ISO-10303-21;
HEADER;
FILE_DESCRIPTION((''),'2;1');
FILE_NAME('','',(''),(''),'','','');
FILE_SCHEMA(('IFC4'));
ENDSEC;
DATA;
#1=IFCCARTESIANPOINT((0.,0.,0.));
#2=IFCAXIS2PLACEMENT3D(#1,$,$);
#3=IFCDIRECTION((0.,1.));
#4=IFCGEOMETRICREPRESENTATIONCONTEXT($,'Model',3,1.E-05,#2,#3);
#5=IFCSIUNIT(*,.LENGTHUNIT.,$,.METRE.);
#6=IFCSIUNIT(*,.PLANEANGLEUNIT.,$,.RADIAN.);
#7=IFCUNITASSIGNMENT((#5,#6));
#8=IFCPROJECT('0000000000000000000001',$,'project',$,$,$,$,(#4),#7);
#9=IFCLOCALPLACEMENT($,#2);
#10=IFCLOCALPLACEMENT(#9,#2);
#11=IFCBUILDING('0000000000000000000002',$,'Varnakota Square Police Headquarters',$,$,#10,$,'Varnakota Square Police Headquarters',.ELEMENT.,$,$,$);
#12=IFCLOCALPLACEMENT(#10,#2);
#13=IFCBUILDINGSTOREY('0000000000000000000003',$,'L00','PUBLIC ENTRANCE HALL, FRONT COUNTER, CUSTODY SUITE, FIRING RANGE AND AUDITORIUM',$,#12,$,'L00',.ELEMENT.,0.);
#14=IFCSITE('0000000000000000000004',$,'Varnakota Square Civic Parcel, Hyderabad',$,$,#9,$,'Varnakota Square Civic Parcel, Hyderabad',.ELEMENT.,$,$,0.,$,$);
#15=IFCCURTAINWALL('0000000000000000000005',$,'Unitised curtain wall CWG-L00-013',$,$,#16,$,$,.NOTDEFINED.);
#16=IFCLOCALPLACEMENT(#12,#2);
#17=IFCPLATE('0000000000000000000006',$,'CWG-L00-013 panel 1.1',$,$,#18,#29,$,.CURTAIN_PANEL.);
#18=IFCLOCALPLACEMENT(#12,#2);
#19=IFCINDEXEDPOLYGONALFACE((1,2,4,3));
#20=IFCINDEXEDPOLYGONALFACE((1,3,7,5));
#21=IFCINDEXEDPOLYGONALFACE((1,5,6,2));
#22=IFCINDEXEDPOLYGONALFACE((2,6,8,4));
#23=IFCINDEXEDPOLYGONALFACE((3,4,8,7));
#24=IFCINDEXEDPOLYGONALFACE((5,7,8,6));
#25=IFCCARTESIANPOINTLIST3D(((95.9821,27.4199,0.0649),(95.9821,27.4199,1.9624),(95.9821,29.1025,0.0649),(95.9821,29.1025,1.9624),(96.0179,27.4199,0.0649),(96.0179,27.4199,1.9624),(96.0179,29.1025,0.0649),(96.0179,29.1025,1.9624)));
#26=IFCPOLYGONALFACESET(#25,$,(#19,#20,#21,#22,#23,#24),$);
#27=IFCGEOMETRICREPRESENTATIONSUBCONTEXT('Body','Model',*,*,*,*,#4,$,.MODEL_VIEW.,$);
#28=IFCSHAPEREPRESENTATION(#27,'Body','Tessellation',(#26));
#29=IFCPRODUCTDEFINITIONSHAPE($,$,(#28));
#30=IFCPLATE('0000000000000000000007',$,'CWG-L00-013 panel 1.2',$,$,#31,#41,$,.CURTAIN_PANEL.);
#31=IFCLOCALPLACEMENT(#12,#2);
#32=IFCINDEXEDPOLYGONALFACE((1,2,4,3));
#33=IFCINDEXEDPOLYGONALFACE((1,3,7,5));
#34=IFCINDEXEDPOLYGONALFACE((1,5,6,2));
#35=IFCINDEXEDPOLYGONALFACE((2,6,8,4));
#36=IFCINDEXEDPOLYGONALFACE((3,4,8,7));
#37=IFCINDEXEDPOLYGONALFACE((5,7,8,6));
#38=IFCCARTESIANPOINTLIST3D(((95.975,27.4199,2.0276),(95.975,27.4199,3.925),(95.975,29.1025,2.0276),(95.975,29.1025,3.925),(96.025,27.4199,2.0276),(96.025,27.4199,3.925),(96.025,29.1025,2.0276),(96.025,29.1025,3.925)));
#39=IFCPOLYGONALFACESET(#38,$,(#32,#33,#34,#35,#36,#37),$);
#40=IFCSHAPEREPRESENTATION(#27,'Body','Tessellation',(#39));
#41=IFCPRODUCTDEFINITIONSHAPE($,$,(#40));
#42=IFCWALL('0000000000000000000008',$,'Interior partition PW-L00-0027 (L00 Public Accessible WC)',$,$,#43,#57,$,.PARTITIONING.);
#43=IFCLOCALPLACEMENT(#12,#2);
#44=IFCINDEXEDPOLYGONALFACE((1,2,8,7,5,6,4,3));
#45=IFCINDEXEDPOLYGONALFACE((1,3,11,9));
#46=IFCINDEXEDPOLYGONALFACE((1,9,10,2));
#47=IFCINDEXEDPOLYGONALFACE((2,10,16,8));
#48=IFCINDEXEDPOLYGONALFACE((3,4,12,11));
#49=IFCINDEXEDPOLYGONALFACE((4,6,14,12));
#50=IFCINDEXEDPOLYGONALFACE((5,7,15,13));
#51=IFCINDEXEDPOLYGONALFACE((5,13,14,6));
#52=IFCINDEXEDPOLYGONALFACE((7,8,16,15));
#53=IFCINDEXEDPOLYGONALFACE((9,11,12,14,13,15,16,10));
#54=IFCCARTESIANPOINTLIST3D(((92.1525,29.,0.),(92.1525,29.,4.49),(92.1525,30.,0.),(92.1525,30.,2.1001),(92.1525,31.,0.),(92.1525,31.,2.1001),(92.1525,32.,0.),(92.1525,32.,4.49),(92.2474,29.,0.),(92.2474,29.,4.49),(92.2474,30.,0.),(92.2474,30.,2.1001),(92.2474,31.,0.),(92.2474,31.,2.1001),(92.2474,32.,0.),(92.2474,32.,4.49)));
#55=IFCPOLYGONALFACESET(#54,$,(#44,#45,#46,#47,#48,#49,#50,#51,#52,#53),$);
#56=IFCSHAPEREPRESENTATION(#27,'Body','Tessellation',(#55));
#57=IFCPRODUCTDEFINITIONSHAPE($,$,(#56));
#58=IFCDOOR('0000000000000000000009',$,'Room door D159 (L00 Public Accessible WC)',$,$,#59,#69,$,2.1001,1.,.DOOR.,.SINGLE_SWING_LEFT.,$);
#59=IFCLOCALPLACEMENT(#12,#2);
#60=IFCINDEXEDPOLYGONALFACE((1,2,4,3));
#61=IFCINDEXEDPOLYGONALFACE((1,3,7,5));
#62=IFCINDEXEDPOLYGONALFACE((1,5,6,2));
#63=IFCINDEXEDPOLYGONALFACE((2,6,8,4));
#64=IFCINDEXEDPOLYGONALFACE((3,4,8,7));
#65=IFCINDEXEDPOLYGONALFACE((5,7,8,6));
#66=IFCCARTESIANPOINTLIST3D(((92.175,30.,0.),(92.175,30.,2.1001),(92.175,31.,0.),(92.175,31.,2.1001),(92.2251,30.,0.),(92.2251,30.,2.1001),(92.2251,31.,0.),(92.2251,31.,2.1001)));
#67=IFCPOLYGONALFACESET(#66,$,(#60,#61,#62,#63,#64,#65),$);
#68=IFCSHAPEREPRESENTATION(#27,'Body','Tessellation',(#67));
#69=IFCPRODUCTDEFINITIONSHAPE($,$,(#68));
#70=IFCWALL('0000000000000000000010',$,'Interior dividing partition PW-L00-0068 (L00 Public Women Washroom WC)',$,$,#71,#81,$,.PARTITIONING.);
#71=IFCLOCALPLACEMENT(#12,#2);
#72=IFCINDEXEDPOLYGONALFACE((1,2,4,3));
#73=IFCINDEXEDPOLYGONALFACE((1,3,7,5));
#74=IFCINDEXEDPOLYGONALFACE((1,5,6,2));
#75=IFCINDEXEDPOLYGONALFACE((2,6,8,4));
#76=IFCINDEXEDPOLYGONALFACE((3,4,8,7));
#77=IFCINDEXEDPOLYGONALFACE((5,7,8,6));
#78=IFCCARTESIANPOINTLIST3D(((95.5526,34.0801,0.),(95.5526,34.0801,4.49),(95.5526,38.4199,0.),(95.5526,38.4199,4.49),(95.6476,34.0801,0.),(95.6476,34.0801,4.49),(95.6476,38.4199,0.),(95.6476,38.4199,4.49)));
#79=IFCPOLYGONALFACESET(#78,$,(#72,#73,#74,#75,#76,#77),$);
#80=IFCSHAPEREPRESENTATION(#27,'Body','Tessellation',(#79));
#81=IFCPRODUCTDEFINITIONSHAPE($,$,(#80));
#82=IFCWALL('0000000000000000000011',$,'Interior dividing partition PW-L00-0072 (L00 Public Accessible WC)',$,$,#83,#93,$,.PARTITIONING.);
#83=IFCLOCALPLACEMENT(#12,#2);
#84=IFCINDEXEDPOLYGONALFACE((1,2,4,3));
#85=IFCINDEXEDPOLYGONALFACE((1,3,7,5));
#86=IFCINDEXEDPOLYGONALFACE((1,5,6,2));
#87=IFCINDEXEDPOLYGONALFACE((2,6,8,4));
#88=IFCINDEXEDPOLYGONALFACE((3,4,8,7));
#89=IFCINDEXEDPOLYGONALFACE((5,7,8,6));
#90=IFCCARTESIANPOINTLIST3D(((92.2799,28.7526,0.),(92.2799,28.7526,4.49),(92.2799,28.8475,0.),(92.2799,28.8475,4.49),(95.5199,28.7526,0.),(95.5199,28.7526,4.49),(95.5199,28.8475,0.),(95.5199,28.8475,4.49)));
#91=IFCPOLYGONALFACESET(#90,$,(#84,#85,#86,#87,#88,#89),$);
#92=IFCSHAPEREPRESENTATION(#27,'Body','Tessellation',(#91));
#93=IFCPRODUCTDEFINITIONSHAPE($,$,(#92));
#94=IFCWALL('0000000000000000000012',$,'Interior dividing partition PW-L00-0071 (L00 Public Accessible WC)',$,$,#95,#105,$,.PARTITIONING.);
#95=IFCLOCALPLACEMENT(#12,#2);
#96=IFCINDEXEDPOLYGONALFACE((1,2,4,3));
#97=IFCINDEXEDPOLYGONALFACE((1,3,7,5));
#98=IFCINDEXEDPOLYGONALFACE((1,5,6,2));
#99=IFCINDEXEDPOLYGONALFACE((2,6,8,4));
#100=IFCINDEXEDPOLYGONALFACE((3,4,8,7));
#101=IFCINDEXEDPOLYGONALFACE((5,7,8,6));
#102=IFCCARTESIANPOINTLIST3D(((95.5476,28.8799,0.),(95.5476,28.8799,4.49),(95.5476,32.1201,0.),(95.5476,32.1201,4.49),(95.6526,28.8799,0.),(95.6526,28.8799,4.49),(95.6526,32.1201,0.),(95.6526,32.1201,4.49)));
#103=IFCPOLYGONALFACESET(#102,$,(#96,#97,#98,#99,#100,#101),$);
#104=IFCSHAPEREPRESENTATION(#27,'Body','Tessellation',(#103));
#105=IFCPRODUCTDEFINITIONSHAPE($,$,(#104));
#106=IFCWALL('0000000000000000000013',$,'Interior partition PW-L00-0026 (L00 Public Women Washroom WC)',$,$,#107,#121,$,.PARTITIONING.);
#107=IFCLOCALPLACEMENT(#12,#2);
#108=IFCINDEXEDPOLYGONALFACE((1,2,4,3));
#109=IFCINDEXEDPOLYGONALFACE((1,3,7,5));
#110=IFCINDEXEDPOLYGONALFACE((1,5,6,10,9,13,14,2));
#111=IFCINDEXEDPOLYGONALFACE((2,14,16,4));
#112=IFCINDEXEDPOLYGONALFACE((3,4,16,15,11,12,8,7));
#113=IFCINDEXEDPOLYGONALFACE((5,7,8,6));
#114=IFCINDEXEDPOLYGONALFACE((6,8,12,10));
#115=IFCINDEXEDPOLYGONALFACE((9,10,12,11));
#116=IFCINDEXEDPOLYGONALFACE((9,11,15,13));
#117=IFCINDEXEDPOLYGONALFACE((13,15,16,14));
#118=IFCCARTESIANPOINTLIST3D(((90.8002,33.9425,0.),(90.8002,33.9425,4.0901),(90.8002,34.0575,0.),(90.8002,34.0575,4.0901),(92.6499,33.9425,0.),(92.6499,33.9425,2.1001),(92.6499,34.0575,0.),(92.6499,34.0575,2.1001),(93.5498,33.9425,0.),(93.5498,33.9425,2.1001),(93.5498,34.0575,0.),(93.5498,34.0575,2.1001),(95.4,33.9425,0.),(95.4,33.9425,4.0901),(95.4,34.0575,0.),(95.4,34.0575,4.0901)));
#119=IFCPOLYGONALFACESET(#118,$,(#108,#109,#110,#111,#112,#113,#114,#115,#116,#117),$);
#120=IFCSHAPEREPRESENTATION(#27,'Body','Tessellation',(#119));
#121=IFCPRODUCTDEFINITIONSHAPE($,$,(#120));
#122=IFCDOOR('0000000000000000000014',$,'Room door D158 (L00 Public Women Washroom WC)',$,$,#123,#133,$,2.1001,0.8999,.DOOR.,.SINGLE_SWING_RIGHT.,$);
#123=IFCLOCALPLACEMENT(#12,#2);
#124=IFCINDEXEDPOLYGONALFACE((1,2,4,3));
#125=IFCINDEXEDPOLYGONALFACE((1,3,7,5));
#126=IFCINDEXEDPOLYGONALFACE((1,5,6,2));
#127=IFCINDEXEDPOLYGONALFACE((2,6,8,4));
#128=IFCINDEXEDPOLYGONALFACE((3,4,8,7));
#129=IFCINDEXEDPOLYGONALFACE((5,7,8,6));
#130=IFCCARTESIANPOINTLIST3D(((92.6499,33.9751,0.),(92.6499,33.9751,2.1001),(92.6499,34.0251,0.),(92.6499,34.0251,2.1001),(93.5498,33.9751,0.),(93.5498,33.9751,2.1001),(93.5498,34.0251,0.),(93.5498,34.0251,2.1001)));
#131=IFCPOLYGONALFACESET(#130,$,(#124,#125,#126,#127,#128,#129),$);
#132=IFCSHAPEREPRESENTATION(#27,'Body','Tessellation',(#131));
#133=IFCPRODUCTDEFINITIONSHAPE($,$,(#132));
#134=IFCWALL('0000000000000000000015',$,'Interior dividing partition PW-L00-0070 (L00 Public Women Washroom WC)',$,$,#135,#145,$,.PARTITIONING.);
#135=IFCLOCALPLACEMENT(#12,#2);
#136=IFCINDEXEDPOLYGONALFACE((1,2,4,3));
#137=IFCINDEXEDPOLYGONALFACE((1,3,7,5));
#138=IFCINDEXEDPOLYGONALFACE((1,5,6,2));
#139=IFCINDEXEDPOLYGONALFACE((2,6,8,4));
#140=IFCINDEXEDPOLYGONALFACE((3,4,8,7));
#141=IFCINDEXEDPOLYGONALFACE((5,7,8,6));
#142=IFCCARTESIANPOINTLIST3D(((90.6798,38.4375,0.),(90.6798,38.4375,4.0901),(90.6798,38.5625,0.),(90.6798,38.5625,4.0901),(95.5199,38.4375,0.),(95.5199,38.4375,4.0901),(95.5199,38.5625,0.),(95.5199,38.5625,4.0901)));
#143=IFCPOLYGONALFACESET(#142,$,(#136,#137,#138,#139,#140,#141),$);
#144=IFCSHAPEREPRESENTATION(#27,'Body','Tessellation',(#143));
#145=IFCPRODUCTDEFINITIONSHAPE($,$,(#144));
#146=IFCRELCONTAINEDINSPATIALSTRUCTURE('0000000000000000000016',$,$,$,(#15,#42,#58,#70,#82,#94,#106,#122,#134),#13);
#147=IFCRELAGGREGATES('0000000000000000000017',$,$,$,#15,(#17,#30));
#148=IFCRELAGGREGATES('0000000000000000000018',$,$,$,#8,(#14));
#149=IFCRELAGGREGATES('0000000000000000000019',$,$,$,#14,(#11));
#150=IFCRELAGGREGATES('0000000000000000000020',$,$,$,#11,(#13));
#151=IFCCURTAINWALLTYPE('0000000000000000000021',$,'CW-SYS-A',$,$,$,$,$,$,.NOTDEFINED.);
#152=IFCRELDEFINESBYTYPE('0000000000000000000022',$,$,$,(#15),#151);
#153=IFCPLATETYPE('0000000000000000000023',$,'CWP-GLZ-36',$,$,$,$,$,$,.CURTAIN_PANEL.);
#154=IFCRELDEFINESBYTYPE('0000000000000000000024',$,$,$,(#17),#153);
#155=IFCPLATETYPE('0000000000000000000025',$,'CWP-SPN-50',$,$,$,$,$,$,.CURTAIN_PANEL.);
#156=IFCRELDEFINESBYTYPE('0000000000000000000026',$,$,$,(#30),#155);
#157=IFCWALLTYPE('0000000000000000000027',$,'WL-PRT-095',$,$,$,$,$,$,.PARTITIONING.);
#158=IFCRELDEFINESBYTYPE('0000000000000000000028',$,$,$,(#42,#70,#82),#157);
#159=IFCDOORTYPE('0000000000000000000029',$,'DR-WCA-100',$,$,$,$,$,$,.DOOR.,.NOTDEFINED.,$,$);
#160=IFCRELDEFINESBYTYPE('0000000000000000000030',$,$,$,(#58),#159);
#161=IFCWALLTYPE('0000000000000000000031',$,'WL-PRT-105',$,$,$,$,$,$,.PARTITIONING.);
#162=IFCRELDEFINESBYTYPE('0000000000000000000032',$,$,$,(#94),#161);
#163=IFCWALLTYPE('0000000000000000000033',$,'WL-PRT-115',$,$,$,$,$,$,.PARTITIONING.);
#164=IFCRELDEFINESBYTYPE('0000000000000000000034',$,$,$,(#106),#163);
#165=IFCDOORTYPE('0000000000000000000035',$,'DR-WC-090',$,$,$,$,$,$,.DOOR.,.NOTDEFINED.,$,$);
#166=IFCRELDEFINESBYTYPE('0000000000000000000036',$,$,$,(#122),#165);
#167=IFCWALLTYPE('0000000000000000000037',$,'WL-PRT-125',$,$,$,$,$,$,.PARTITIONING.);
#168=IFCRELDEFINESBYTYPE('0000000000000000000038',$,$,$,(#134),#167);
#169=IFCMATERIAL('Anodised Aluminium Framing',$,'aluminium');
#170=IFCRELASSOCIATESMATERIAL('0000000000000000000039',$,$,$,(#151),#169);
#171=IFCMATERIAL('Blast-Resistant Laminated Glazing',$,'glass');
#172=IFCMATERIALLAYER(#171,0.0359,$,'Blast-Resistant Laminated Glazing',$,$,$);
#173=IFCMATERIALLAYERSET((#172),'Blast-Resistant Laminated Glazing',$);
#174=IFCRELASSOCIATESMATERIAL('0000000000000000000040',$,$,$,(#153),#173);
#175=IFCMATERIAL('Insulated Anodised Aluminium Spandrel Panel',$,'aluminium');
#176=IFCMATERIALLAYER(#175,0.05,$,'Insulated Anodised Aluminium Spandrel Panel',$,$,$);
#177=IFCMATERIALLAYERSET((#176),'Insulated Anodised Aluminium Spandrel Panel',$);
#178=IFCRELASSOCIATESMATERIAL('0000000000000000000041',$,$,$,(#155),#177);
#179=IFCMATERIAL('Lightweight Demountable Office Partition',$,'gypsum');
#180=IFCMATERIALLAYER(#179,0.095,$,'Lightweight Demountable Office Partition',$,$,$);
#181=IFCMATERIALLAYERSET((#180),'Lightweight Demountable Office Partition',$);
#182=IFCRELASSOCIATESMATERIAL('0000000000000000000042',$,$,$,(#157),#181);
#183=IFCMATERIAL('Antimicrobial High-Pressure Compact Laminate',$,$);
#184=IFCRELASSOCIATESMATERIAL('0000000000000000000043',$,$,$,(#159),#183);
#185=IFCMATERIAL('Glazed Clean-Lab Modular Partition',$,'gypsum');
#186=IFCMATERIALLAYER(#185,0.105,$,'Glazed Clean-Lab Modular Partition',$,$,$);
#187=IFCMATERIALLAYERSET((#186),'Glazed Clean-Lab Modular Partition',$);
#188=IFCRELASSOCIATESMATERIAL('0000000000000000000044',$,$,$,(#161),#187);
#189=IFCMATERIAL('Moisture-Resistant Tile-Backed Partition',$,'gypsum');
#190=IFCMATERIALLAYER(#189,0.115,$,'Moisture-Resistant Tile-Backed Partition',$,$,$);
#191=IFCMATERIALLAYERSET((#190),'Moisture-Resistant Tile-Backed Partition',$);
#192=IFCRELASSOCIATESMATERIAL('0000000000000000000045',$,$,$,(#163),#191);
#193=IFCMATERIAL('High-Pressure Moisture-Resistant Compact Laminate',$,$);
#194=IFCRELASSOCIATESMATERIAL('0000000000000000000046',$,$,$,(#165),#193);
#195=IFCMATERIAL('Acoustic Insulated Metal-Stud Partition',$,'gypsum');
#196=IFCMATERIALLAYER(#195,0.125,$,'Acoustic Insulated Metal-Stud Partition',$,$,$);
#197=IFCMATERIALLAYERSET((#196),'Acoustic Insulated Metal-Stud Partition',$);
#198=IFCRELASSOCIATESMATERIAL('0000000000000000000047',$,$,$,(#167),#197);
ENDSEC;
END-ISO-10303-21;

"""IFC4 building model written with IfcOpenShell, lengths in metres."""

from ifc_helpers import new_model, si_unit, direction, frame, frame_2d, origin, origin_2d, place, context, subcontext, project, spatial, rectangle, extrude, material, layer, layer_set, type_object, element, fill, aggregate, save


model = new_model("IFC4")

# Units and contexts
model_context = context("Model", 3, precision=1e-05, world=origin(), true_north=direction((0.0, 1.0)))
body_context = subcontext(model_context, "Body", "Model", "MODEL_VIEW")
ifc_project = project(units=[si_unit("LENGTHUNIT", "METRE"), si_unit("PLANEANGLEUNIT", "RADIAN")], contexts=[model_context])

# Site, building, storey
site_placement = place(None, origin())
site = spatial("IfcSite", under=ifc_project, at=site_placement, Name="Varnakota Square Civic Parcel, Hyderabad", LongName="Varnakota Square Civic Parcel, Hyderabad", CompositionType="ELEMENT", RefElevation=0.0)
building_placement = place(site_placement, origin())
building = spatial("IfcBuilding", under=site, at=building_placement, Name="Varnakota Square Police Headquarters", LongName="Varnakota Square Police Headquarters", CompositionType="ELEMENT")
storey_placement = place(building_placement, origin())
storey = spatial("IfcBuildingStorey", under=building, at=storey_placement, Name="L00", Description="PUBLIC ENTRANCE HALL, FRONT COUNTER, CUSTODY SUITE, FIRING RANGE AND AUDITORIUM", LongName="L00", CompositionType="ELEMENT", Elevation=0.0)

# Curtain wall, plates
ifc_material_1 = material(Name="Anodised Aluminium Framing", Category="aluminium")
curtain_wall_type = type_object("IfcCurtainWallType", Name="CW-SYS-A", PredefinedType="NOTDEFINED", material=ifc_material_1)
curtain_wall_placement = place(storey_placement, origin())
curtain_wall = element("IfcCurtainWall", 1, at=curtain_wall_placement, inside=storey, type_object=curtain_wall_type, Name="Unitised curtain wall CWG-L00-013", PredefinedType="NOTDEFINED")
ifc_material_2 = material(Name="Blast-Resistant Laminated Glazing", Category="glass")
ifc_layer_1 = layer(ifc_material_2, 0.0359, Name="Blast-Resistant Laminated Glazing")
ifc_layer_set_1 = layer_set([ifc_layer_1], Name="Blast-Resistant Laminated Glazing")
plate_type_1 = type_object("IfcPlateType", Name="CWP-GLZ-36", PredefinedType="CURTAIN_PANEL", material=ifc_layer_set_1)
plate_1_placement = place(storey_placement, frame((96.0, 28.2612, 0.0649), z_axis=(0.0, 0.0, 1.0), x_axis=(0.0, 1.0, 0.0)))
plate_1 = element("IfcPlate", 2, at=plate_1_placement, type_object=plate_type_1, Name="CWG-L00-013 panel 1.1", PredefinedType="CURTAIN_PANEL", context=body_context, shape_type="SweptSolid", body=[
    extrude(rectangle(XDim=1.6826, YDim=0.0359, at=origin_2d()), origin(), (0.0, 0.0, 1.0), 1.8975),
])
ifc_material_3 = material(Name="Insulated Anodised Aluminium Spandrel Panel", Category="aluminium")
ifc_layer_2 = layer(ifc_material_3, 0.05, Name="Insulated Anodised Aluminium Spandrel Panel")
ifc_layer_set_2 = layer_set([ifc_layer_2], Name="Insulated Anodised Aluminium Spandrel Panel")
plate_type_2 = type_object("IfcPlateType", Name="CWP-SPN-50", PredefinedType="CURTAIN_PANEL", material=ifc_layer_set_2)
plate_2_placement = place(storey_placement, frame((96.0, 28.2612, 2.0276), z_axis=(0.0, 0.0, 1.0), x_axis=(0.0, 1.0, 0.0)))
plate_2 = element("IfcPlate", 3, at=plate_2_placement, type_object=plate_type_2, Name="CWG-L00-013 panel 1.2", PredefinedType="CURTAIN_PANEL", context=body_context, shape_type="SweptSolid", body=[
    extrude(rectangle(XDim=1.6826, YDim=0.05, at=origin_2d()), origin(), (0.0, 0.0, 1.0), 1.8975),
])
aggregate(curtain_wall, [plate_1, plate_2])

# Wall, opening, door
ifc_material_4 = material(Name="Lightweight Demountable Office Partition", Category="gypsum")
ifc_layer_3 = layer(ifc_material_4, 0.095, Name="Lightweight Demountable Office Partition")
ifc_layer_set_3 = layer_set([ifc_layer_3], Name="Lightweight Demountable Office Partition")
wall_type_1 = type_object("IfcWallType", Name="WL-PRT-095", PredefinedType="PARTITIONING", material=ifc_layer_set_3)
wall_1_placement = place(storey_placement, frame((92.2, 29.0, 0.0), z_axis=(0.0, 0.0, 1.0), x_axis=(0.0, 1.0, 0.0)))
wall_1 = element("IfcWall", 4, at=wall_1_placement, inside=storey, type_object=wall_type_1, Name="Interior partition PW-L00-0027 (L00 Public Accessible WC)", PredefinedType="PARTITIONING", context=body_context, shape_type="SweptSolid", body=[
    extrude(rectangle(XDim=3.0, YDim=0.095, at=frame_2d((1.5, 0.0))), origin(), (0.0, 0.0, 1.0), 4.49),
])
opening_1_placement = place(wall_1_placement, frame((1.0, 0.0, 0.0)))
opening_1 = element("IfcOpeningElement", 5, at=opening_1_placement, cuts=wall_1, PredefinedType="OPENING", context=body_context, shape_type="SweptSolid", body=[
    extrude(rectangle(XDim=1.0, YDim=2.1001, at=frame_2d((0.5, 1.05))), frame((0.0, 0.0574, 0.0), z_axis=(0.0, -1.0, 0.0), x_axis=(1.0, 0.0, 0.0)), (0.0, 0.0, 1.0), 0.115),
])
ifc_material_5 = material(Name="Antimicrobial High-Pressure Compact Laminate")
door_type_1 = type_object("IfcDoorType", Name="DR-WCA-100", OperationType="NOTDEFINED", PredefinedType="DOOR", material=ifc_material_5)
door_1_placement = place(opening_1_placement, origin())
door_1 = element("IfcDoor", 6, at=door_1_placement, inside=storey, type_object=door_type_1, Name="Room door D159 (L00 Public Accessible WC)", OperationType="SINGLE_SWING_LEFT", OverallHeight=2.1001, OverallWidth=1.0, PredefinedType="DOOR", context=body_context, shape_type="SweptSolid", body=[
    extrude(rectangle(XDim=1.0, YDim=2.1001, at=frame_2d((0.5, 1.05))), frame((0.0, 0.0249, 0.0), z_axis=(0.0, -1.0, 0.0), x_axis=(1.0, 0.0, 0.0)), (0.0, 0.0, 1.0), 0.05),
])
fill(opening_1, door_1)

# Walls
wall_2_placement = place(storey_placement, frame((95.6001, 38.4199, 0.0), z_axis=(0.0, 0.0, 1.0), x_axis=(0.0, -1.0, 0.0)))
element("IfcWall", 7, at=wall_2_placement, inside=storey, type_object=wall_type_1, Name="Interior dividing partition PW-L00-0068 (L00 Public Women Washroom WC)", PredefinedType="PARTITIONING", context=body_context, shape_type="SweptSolid", body=[
    extrude(rectangle(XDim=4.3398, YDim=0.095, at=frame_2d((2.1699, 0.0))), origin(), (0.0, 0.0, 1.0), 4.49),
])
wall_3_placement = place(storey_placement, frame((95.52, 28.8, 0.0), z_axis=(0.0, 0.0, 1.0), x_axis=(-1.0, 0.0, 0.0)))
element("IfcWall", 8, at=wall_3_placement, inside=storey, type_object=wall_type_1, Name="Interior dividing partition PW-L00-0072 (L00 Public Accessible WC)", PredefinedType="PARTITIONING", context=body_context, shape_type="SweptSolid", body=[
    extrude(rectangle(XDim=3.24, YDim=0.095, at=frame_2d((1.6201, 0.0))), origin(), (0.0, 0.0, 1.0), 4.49),
])
ifc_material_6 = material(Name="Glazed Clean-Lab Modular Partition", Category="gypsum")
ifc_layer_4 = layer(ifc_material_6, 0.105, Name="Glazed Clean-Lab Modular Partition")
ifc_layer_set_4 = layer_set([ifc_layer_4], Name="Glazed Clean-Lab Modular Partition")
wall_type_2 = type_object("IfcWallType", Name="WL-PRT-105", PredefinedType="PARTITIONING", material=ifc_layer_set_4)
wall_4_placement = place(storey_placement, frame((95.6001, 32.1201, 0.0), z_axis=(0.0, 0.0, 1.0), x_axis=(0.0, -1.0, 0.0)))
element("IfcWall", 9, at=wall_4_placement, inside=storey, type_object=wall_type_2, Name="Interior dividing partition PW-L00-0071 (L00 Public Accessible WC)", PredefinedType="PARTITIONING", context=body_context, shape_type="SweptSolid", body=[
    extrude(rectangle(XDim=3.2402, YDim=0.105, at=frame_2d((1.6201, 0.0))), origin(), (0.0, 0.0, 1.0), 4.49),
])

# Wall, opening, door
ifc_material_7 = material(Name="Moisture-Resistant Tile-Backed Partition", Category="gypsum")
ifc_layer_5 = layer(ifc_material_7, 0.115, Name="Moisture-Resistant Tile-Backed Partition")
ifc_layer_set_5 = layer_set([ifc_layer_5], Name="Moisture-Resistant Tile-Backed Partition")
wall_type_3 = type_object("IfcWallType", Name="WL-PRT-115", PredefinedType="PARTITIONING", material=ifc_layer_set_5)
wall_5_placement = place(storey_placement, frame((95.3999, 34.0, 0.0), z_axis=(0.0, 0.0, 1.0), x_axis=(-1.0, 0.0, 0.0)))
wall_5 = element("IfcWall", 10, at=wall_5_placement, inside=storey, type_object=wall_type_3, Name="Interior partition PW-L00-0026 (L00 Public Women Washroom WC)", PredefinedType="PARTITIONING", context=body_context, shape_type="SweptSolid", body=[
    extrude(rectangle(XDim=4.5999, YDim=0.115, at=frame_2d((2.2998, 0.0))), origin(), (0.0, 0.0, 1.0), 4.0901),
])
opening_2_placement = place(wall_5_placement, frame((1.8501, 0.0, 0.0)))
opening_2 = element("IfcOpeningElement", 11, at=opening_2_placement, cuts=wall_5, PredefinedType="OPENING", context=body_context, shape_type="SweptSolid", body=[
    extrude(rectangle(XDim=0.8999, YDim=2.1001, at=frame_2d((0.45, 1.05))), frame((0.0, 0.0674, 0.0), z_axis=(0.0, -1.0, 0.0), x_axis=(1.0, 0.0, 0.0)), (0.0, 0.0, 1.0), 0.135),
])
ifc_material_8 = material(Name="High-Pressure Moisture-Resistant Compact Laminate")
door_type_2 = type_object("IfcDoorType", Name="DR-WC-090", OperationType="NOTDEFINED", PredefinedType="DOOR", material=ifc_material_8)
door_2_placement = place(opening_2_placement, origin())
door_2 = element("IfcDoor", 12, at=door_2_placement, inside=storey, type_object=door_type_2, Name="Room door D158 (L00 Public Women Washroom WC)", OperationType="SINGLE_SWING_RIGHT", OverallHeight=2.1001, OverallWidth=0.8999, PredefinedType="DOOR", context=body_context, shape_type="SweptSolid", body=[
    extrude(rectangle(XDim=0.8999, YDim=2.1001, at=frame_2d((0.45, 1.05))), frame((0.0, 0.0249, 0.0), z_axis=(0.0, -1.0, 0.0), x_axis=(1.0, 0.0, 0.0)), (0.0, 0.0, 1.0), 0.05),
])
fill(opening_2, door_2)

# Wall
ifc_material_9 = material(Name="Acoustic Insulated Metal-Stud Partition", Category="gypsum")
ifc_layer_6 = layer(ifc_material_9, 0.125, Name="Acoustic Insulated Metal-Stud Partition")
ifc_layer_set_6 = layer_set([ifc_layer_6], Name="Acoustic Insulated Metal-Stud Partition")
wall_type_4 = type_object("IfcWallType", Name="WL-PRT-125", PredefinedType="PARTITIONING", material=ifc_layer_set_6)
wall_6_placement = place(storey_placement, frame((90.6799, 38.5, 0.0), z_axis=(0.0, 0.0, 1.0), x_axis=(1.0, 0.0, 0.0)))
element("IfcWall", 13, at=wall_6_placement, inside=storey, type_object=wall_type_4, Name="Interior dividing partition PW-L00-0070 (L00 Public Women Washroom WC)", PredefinedType="PARTITIONING", context=body_context, shape_type="SweptSolid", body=[
    extrude(rectangle(XDim=4.8401, YDim=0.125, at=frame_2d((2.4199, 0.0))), origin(), (0.0, 0.0, 1.0), 4.0901),
])

save(model, "model.ifc")
